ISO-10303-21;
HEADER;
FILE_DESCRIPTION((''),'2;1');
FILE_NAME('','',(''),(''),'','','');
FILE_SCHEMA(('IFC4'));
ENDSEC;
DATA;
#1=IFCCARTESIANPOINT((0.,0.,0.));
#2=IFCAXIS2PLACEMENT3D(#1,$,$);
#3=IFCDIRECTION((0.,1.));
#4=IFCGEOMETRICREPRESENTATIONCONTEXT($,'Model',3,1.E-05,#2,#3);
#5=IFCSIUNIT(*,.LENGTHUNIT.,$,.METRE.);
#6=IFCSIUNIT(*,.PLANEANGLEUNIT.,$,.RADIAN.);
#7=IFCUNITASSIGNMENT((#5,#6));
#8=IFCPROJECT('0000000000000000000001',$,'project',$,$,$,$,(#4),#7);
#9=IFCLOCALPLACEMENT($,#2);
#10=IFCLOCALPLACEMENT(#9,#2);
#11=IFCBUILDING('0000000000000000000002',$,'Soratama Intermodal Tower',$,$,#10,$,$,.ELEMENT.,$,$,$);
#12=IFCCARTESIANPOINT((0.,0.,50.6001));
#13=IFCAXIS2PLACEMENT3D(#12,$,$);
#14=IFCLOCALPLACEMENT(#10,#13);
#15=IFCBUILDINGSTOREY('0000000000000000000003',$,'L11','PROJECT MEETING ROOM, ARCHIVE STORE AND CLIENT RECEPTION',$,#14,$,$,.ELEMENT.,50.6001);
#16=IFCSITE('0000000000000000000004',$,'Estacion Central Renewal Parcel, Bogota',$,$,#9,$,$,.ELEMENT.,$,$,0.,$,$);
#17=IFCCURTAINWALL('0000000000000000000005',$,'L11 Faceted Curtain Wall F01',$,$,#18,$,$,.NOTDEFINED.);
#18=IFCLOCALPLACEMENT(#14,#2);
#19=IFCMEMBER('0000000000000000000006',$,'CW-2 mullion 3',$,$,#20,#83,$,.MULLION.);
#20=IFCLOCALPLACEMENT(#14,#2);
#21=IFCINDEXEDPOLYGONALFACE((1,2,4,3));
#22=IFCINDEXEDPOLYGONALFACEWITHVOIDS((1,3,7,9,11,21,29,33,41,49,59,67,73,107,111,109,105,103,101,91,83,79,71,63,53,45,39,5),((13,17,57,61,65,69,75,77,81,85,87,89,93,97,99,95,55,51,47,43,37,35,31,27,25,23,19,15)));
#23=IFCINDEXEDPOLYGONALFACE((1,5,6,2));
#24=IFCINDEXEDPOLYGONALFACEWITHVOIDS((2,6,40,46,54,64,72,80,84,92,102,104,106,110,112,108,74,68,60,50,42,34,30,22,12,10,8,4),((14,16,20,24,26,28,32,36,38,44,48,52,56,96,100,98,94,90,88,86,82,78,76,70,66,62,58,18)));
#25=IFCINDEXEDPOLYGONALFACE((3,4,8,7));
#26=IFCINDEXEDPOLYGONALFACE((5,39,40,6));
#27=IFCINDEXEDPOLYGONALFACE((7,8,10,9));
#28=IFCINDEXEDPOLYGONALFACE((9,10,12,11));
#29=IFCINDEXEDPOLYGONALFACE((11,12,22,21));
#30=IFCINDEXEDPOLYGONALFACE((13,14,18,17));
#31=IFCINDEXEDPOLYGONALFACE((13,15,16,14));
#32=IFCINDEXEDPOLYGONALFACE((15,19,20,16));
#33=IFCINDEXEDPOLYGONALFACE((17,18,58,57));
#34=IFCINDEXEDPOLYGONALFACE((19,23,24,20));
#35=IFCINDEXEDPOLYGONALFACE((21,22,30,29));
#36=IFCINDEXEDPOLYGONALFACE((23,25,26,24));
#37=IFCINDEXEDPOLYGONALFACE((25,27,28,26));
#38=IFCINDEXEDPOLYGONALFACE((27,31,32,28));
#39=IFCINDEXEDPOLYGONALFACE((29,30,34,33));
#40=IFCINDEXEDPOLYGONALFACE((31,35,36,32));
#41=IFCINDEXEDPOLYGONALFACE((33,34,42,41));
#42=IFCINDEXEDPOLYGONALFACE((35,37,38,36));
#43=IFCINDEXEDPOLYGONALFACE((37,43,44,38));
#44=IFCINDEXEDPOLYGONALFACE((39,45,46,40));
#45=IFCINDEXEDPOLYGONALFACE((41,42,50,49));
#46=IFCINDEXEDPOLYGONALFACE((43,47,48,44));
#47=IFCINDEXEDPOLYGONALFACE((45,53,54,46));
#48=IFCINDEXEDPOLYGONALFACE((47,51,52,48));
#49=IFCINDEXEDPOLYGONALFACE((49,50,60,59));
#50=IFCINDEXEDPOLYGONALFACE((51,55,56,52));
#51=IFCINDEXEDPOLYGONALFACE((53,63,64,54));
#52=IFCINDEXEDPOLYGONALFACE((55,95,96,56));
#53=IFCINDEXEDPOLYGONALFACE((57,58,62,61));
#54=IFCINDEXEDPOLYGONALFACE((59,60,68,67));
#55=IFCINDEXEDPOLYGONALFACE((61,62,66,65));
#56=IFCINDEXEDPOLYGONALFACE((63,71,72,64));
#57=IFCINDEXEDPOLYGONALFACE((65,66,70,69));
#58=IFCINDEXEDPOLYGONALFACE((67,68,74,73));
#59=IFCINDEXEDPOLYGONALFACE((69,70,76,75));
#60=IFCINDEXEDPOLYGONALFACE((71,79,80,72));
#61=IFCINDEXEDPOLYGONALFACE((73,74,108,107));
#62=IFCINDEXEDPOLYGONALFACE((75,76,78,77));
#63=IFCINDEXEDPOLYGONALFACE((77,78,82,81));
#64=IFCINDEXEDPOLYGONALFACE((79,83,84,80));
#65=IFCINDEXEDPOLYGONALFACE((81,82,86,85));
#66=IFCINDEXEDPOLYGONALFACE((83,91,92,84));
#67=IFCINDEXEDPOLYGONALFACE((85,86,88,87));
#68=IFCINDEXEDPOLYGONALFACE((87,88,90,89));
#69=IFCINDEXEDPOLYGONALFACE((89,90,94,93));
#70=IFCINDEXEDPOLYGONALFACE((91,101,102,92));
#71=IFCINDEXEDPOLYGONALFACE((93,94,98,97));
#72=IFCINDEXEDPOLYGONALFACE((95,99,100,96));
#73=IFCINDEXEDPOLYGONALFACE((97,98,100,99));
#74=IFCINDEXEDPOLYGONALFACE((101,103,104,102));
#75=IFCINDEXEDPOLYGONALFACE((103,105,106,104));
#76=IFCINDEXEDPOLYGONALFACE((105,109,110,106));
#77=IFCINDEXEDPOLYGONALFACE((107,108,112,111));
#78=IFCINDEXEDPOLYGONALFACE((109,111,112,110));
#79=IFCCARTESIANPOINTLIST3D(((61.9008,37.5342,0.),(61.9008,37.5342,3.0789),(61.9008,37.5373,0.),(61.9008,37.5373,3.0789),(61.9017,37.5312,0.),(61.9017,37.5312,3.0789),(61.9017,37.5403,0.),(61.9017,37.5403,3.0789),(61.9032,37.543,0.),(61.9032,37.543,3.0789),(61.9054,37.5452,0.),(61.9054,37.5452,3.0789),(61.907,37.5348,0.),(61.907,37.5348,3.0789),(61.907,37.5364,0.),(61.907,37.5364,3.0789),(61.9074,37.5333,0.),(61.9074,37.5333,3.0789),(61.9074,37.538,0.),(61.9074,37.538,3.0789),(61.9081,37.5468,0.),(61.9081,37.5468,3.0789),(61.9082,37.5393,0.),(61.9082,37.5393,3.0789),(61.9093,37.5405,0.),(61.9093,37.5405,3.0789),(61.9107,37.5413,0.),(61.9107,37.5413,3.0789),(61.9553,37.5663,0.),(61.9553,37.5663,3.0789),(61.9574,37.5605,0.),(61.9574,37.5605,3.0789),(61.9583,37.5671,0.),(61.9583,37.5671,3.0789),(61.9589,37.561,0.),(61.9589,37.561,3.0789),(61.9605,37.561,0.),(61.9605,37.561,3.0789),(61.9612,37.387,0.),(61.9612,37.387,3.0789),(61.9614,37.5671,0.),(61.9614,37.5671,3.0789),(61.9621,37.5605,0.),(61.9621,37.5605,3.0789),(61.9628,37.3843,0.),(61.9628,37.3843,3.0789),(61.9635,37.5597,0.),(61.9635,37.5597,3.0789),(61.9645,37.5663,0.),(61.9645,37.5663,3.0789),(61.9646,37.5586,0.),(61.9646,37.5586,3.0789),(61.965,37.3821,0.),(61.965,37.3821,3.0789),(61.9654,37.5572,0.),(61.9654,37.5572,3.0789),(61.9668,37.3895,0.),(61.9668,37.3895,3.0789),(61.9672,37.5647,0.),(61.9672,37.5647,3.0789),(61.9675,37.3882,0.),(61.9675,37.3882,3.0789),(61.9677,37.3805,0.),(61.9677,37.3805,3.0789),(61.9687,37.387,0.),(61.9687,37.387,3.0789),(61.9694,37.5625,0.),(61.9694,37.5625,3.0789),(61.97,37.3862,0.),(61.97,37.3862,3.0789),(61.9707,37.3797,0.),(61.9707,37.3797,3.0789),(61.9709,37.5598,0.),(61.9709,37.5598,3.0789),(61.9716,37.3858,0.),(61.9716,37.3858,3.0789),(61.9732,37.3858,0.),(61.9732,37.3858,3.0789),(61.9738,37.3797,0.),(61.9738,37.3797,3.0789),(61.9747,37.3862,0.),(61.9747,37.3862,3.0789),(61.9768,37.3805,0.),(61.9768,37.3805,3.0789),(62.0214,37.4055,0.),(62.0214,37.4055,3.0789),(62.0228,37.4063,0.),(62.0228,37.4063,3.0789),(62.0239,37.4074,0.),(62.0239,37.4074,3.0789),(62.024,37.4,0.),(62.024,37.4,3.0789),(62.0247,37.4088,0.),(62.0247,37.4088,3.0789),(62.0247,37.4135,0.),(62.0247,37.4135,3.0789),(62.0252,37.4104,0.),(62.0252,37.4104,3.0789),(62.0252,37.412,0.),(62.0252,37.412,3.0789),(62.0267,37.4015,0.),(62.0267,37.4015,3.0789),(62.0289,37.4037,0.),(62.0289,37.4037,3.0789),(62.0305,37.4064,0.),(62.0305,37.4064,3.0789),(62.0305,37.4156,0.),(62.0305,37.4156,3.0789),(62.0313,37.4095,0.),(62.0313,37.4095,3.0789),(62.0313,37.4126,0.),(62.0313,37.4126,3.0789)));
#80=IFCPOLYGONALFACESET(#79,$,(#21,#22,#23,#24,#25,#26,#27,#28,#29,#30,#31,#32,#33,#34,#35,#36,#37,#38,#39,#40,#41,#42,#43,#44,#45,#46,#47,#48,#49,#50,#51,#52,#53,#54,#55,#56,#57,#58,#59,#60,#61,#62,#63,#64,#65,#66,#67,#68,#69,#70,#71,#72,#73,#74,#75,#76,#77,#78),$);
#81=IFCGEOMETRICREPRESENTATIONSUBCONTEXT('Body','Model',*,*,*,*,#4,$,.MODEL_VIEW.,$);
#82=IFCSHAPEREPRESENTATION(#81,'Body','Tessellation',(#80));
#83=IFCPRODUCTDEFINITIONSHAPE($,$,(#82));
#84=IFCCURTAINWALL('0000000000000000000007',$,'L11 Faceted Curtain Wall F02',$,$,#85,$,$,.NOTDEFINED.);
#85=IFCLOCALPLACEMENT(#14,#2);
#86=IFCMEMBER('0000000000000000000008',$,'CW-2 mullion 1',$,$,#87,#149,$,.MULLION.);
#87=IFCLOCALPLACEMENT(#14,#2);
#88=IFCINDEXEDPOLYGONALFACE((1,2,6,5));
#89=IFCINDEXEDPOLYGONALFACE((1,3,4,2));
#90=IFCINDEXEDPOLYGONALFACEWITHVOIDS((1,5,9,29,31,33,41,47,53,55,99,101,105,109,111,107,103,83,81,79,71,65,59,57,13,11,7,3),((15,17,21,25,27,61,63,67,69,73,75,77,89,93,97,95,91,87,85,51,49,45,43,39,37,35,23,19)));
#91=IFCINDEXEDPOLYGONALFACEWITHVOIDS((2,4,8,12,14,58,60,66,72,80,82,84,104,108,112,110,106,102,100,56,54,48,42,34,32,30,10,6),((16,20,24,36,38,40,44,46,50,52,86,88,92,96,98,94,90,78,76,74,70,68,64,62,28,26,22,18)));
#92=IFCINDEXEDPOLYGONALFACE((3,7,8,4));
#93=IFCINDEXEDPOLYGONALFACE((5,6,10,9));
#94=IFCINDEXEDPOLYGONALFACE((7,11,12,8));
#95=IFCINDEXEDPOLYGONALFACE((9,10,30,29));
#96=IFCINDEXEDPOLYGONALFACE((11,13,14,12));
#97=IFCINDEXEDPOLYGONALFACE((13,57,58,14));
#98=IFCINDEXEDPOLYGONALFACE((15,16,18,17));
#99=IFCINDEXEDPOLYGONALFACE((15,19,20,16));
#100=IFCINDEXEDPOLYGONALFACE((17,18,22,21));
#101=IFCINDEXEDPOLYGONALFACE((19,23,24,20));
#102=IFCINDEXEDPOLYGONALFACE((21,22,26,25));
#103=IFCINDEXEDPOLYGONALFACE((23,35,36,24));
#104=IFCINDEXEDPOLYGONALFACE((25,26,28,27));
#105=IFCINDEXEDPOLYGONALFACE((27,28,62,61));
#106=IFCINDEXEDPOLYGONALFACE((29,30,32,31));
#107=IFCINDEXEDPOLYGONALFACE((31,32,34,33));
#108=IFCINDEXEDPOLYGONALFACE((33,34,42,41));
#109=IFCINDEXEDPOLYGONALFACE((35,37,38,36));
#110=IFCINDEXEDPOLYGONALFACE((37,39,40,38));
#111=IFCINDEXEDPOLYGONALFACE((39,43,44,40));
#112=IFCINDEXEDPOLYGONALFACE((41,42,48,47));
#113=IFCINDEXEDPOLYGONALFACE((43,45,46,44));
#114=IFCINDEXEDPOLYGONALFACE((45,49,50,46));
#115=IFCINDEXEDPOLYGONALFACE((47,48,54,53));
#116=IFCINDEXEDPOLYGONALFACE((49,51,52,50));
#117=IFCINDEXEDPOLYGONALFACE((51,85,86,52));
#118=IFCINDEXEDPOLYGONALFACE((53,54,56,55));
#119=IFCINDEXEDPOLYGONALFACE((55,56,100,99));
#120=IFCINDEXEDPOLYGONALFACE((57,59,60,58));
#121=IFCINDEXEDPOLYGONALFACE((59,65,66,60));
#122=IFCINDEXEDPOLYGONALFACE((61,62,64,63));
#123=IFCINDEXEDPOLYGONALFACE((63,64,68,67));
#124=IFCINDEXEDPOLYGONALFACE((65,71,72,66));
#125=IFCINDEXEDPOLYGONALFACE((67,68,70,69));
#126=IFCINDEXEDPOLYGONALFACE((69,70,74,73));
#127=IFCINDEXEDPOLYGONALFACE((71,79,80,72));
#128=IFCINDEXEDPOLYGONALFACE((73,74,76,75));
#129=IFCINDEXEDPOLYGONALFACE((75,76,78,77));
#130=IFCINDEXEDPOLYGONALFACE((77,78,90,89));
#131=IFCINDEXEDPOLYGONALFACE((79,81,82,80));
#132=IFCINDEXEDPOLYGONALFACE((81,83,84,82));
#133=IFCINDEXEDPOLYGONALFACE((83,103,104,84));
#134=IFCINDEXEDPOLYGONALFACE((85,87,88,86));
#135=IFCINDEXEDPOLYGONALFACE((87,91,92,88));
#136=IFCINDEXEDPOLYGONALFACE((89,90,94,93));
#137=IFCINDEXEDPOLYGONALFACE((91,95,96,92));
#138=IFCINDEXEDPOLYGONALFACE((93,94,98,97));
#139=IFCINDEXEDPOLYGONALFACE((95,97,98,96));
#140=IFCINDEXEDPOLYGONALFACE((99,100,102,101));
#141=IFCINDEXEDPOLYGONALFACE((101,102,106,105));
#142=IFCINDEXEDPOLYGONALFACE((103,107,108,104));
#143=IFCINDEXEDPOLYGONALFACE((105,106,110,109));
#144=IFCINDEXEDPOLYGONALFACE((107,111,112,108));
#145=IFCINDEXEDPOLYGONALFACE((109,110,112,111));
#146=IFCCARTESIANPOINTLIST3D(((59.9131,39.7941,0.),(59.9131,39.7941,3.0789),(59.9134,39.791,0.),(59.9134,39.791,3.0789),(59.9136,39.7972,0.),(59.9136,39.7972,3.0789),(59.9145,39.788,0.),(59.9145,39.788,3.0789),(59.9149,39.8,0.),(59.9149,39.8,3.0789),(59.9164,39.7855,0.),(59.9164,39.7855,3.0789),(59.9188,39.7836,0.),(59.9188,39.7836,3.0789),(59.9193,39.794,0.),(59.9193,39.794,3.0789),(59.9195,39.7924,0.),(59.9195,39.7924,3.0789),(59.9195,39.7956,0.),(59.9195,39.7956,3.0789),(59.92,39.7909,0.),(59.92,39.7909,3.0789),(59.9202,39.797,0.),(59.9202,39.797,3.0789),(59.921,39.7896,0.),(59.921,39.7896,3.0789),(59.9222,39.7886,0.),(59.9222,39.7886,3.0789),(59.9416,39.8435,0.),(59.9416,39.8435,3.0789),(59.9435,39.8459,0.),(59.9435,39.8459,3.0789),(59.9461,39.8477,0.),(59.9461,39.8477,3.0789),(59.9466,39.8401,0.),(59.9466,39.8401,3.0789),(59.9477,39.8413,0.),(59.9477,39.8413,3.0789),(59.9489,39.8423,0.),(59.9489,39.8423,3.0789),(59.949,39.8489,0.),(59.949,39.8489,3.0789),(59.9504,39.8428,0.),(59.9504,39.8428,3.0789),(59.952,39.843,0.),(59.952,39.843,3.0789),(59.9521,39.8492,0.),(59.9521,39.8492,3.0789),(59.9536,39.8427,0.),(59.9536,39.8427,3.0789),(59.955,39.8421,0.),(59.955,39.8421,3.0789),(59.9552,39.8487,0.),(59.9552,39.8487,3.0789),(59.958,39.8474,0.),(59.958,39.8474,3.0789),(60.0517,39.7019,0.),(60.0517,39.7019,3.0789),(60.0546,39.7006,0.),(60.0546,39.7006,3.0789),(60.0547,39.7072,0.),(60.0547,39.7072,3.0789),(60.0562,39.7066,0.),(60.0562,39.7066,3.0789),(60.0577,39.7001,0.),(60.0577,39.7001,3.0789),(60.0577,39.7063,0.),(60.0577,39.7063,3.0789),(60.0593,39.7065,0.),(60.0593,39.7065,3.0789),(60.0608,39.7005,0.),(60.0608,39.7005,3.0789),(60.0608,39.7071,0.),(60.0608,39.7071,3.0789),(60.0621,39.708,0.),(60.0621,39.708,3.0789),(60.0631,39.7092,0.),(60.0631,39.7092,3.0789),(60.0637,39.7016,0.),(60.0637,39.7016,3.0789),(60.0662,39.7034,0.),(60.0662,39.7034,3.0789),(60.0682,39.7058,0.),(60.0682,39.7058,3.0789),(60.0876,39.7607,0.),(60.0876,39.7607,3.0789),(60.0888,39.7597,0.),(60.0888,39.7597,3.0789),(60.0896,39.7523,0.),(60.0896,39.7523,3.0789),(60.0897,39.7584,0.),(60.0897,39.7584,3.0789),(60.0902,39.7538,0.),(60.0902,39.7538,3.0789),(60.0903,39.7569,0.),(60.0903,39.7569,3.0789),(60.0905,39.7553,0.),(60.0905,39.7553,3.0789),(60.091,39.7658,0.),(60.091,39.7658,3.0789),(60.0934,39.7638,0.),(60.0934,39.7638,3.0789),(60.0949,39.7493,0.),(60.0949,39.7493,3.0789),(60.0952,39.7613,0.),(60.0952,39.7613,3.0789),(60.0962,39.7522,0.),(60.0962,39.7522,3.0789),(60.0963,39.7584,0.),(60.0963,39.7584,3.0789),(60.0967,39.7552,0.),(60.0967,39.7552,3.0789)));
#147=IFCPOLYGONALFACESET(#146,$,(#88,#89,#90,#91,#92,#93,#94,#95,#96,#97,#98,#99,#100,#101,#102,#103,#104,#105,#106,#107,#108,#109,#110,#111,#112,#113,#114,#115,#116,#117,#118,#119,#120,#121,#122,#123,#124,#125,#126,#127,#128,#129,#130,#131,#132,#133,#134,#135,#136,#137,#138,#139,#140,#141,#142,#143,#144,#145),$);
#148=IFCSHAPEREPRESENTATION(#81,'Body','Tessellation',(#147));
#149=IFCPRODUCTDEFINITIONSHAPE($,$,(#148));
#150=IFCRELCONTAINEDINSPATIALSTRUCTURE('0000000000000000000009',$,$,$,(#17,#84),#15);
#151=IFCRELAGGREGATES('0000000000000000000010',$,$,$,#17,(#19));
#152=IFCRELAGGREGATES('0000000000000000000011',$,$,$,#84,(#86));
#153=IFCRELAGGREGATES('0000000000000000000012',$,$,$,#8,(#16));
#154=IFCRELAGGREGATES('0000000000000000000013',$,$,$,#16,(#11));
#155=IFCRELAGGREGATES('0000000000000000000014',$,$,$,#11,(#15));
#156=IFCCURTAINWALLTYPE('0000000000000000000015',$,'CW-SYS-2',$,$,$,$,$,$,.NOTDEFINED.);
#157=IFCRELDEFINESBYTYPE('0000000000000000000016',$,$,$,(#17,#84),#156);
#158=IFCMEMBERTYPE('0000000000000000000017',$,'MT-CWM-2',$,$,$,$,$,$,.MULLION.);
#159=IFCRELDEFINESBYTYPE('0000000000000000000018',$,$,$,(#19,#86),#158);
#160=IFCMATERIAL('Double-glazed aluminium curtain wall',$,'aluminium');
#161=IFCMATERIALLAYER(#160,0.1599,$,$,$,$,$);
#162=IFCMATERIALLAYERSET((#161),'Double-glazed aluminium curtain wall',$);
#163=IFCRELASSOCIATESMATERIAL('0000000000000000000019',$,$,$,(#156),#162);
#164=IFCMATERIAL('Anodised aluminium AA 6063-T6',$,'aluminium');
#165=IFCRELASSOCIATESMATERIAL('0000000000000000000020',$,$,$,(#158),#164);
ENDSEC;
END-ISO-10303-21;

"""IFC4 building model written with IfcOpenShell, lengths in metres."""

from ifc_helpers import new_model, si_unit, direction, frame, origin, origin_2d, place, context, subcontext, project, spatial, hollow_rectangle, extrude, material, layer, layer_set, material_profile, profile_set, type_object, element, aggregate, save


model = new_model("IFC4")

# Units and contexts
model_context = context("Model", 3, precision=1e-05, world=origin(), true_north=direction((0.0, 1.0)))
body_context = subcontext(model_context, "Body", "Model", "MODEL_VIEW")
ifc_project = project(units=[si_unit("LENGTHUNIT", "METRE"), si_unit("PLANEANGLEUNIT", "RADIAN")], contexts=[model_context])

# Site, building, storey
site_placement = place(None, origin())
site = spatial("IfcSite", under=ifc_project, at=site_placement, Name="Estacion Central Renewal Parcel, Bogota", CompositionType="ELEMENT", RefElevation=0.0)
building_placement = place(site_placement, origin())
building = spatial("IfcBuilding", under=site, at=building_placement, Name="Soratama Intermodal Tower", CompositionType="ELEMENT")
storey_placement = place(building_placement, frame((0.0, 0.0, 50.6001)))
storey = spatial("IfcBuildingStorey", under=building, at=storey_placement, Name="L11", Description="PROJECT MEETING ROOM, ARCHIVE STORE AND CLIENT RECEPTION", CompositionType="ELEMENT", Elevation=50.6001)

# Curtain wall, member
ifc_material_1 = material(Name="Double-glazed aluminium curtain wall", Category="aluminium")
ifc_layer_1 = layer(ifc_material_1, 0.1599)
ifc_layer_set_1 = layer_set([ifc_layer_1], Name="Double-glazed aluminium curtain wall")
curtain_wall_type = type_object("IfcCurtainWallType", Name="CW-SYS-2", PredefinedType="NOTDEFINED", material=ifc_layer_set_1)
curtain_wall_1_placement = place(storey_placement, origin())
curtain_wall_1 = element("IfcCurtainWall", 1, at=curtain_wall_1_placement, inside=storey, type_object=curtain_wall_type, Name="L11 Faceted Curtain Wall F01", PredefinedType="NOTDEFINED")
ifc_material_2 = material(Name="Anodised aluminium AA 6063-T6", Category="aluminium")
ifc_material_profile_1 = material_profile(ifc_material_2, hollow_rectangle(XDim=0.075, YDim=0.1799, WallThickness=0.0061, InnerFilletRadius=0.0061, OuterFilletRadius=0.012, at=origin_2d()), Name="CWM180X75X6")
ifc_profile_set_1 = profile_set([ifc_material_profile_1], Name="Anodised aluminium AA 6063-T6")
member_type_1 = type_object("IfcMemberType", Name="MT-CWM-2", PredefinedType="MULLION", material=ifc_profile_set_1)
member_1_placement = place(storey_placement, frame((61.9661, 37.4734, 0.0), z_axis=(0.0, 0.0, 1.0), x_axis=(-0.924277, -0.381722, 0.0)))
member_1 = element("IfcMember", 2, at=member_1_placement, type_object=member_type_1, Name="CW-2 mullion 3", PredefinedType="MULLION", context=body_context, shape_type="SweptSolid", body=[
    extrude(hollow_rectangle(XDim=0.075, YDim=0.1799, WallThickness=0.0061, InnerFilletRadius=0.0061, OuterFilletRadius=0.012, at=origin_2d()), origin(), (0.0, 0.0, 1.0), 3.0789),
])

# Curtain wall, member
curtain_wall_2_placement = place(storey_placement, origin())
curtain_wall_2 = element("IfcCurtainWall", 3, at=curtain_wall_2_placement, inside=storey, type_object=curtain_wall_type, Name="L11 Faceted Curtain Wall F02", PredefinedType="NOTDEFINED")
member_2_placement = place(storey_placement, frame((60.0049, 39.7747, 0.0), z_axis=(0.0, 0.0, 1.0), x_axis=(-0.523385, -0.852096, 0.0)))
member_2 = element("IfcMember", 4, at=member_2_placement, type_object=member_type_1, Name="CW-2 mullion 1", PredefinedType="MULLION", context=body_context, shape_type="SweptSolid", body=[
    extrude(hollow_rectangle(XDim=0.075, YDim=0.1799, WallThickness=0.0061, InnerFilletRadius=0.0061, OuterFilletRadius=0.012, at=origin_2d()), origin(), (0.0, 0.0, 1.0), 3.0789),
])

aggregate(curtain_wall_1, [member_1])
aggregate(curtain_wall_2, [member_2])

save(model, "model.ifc")
